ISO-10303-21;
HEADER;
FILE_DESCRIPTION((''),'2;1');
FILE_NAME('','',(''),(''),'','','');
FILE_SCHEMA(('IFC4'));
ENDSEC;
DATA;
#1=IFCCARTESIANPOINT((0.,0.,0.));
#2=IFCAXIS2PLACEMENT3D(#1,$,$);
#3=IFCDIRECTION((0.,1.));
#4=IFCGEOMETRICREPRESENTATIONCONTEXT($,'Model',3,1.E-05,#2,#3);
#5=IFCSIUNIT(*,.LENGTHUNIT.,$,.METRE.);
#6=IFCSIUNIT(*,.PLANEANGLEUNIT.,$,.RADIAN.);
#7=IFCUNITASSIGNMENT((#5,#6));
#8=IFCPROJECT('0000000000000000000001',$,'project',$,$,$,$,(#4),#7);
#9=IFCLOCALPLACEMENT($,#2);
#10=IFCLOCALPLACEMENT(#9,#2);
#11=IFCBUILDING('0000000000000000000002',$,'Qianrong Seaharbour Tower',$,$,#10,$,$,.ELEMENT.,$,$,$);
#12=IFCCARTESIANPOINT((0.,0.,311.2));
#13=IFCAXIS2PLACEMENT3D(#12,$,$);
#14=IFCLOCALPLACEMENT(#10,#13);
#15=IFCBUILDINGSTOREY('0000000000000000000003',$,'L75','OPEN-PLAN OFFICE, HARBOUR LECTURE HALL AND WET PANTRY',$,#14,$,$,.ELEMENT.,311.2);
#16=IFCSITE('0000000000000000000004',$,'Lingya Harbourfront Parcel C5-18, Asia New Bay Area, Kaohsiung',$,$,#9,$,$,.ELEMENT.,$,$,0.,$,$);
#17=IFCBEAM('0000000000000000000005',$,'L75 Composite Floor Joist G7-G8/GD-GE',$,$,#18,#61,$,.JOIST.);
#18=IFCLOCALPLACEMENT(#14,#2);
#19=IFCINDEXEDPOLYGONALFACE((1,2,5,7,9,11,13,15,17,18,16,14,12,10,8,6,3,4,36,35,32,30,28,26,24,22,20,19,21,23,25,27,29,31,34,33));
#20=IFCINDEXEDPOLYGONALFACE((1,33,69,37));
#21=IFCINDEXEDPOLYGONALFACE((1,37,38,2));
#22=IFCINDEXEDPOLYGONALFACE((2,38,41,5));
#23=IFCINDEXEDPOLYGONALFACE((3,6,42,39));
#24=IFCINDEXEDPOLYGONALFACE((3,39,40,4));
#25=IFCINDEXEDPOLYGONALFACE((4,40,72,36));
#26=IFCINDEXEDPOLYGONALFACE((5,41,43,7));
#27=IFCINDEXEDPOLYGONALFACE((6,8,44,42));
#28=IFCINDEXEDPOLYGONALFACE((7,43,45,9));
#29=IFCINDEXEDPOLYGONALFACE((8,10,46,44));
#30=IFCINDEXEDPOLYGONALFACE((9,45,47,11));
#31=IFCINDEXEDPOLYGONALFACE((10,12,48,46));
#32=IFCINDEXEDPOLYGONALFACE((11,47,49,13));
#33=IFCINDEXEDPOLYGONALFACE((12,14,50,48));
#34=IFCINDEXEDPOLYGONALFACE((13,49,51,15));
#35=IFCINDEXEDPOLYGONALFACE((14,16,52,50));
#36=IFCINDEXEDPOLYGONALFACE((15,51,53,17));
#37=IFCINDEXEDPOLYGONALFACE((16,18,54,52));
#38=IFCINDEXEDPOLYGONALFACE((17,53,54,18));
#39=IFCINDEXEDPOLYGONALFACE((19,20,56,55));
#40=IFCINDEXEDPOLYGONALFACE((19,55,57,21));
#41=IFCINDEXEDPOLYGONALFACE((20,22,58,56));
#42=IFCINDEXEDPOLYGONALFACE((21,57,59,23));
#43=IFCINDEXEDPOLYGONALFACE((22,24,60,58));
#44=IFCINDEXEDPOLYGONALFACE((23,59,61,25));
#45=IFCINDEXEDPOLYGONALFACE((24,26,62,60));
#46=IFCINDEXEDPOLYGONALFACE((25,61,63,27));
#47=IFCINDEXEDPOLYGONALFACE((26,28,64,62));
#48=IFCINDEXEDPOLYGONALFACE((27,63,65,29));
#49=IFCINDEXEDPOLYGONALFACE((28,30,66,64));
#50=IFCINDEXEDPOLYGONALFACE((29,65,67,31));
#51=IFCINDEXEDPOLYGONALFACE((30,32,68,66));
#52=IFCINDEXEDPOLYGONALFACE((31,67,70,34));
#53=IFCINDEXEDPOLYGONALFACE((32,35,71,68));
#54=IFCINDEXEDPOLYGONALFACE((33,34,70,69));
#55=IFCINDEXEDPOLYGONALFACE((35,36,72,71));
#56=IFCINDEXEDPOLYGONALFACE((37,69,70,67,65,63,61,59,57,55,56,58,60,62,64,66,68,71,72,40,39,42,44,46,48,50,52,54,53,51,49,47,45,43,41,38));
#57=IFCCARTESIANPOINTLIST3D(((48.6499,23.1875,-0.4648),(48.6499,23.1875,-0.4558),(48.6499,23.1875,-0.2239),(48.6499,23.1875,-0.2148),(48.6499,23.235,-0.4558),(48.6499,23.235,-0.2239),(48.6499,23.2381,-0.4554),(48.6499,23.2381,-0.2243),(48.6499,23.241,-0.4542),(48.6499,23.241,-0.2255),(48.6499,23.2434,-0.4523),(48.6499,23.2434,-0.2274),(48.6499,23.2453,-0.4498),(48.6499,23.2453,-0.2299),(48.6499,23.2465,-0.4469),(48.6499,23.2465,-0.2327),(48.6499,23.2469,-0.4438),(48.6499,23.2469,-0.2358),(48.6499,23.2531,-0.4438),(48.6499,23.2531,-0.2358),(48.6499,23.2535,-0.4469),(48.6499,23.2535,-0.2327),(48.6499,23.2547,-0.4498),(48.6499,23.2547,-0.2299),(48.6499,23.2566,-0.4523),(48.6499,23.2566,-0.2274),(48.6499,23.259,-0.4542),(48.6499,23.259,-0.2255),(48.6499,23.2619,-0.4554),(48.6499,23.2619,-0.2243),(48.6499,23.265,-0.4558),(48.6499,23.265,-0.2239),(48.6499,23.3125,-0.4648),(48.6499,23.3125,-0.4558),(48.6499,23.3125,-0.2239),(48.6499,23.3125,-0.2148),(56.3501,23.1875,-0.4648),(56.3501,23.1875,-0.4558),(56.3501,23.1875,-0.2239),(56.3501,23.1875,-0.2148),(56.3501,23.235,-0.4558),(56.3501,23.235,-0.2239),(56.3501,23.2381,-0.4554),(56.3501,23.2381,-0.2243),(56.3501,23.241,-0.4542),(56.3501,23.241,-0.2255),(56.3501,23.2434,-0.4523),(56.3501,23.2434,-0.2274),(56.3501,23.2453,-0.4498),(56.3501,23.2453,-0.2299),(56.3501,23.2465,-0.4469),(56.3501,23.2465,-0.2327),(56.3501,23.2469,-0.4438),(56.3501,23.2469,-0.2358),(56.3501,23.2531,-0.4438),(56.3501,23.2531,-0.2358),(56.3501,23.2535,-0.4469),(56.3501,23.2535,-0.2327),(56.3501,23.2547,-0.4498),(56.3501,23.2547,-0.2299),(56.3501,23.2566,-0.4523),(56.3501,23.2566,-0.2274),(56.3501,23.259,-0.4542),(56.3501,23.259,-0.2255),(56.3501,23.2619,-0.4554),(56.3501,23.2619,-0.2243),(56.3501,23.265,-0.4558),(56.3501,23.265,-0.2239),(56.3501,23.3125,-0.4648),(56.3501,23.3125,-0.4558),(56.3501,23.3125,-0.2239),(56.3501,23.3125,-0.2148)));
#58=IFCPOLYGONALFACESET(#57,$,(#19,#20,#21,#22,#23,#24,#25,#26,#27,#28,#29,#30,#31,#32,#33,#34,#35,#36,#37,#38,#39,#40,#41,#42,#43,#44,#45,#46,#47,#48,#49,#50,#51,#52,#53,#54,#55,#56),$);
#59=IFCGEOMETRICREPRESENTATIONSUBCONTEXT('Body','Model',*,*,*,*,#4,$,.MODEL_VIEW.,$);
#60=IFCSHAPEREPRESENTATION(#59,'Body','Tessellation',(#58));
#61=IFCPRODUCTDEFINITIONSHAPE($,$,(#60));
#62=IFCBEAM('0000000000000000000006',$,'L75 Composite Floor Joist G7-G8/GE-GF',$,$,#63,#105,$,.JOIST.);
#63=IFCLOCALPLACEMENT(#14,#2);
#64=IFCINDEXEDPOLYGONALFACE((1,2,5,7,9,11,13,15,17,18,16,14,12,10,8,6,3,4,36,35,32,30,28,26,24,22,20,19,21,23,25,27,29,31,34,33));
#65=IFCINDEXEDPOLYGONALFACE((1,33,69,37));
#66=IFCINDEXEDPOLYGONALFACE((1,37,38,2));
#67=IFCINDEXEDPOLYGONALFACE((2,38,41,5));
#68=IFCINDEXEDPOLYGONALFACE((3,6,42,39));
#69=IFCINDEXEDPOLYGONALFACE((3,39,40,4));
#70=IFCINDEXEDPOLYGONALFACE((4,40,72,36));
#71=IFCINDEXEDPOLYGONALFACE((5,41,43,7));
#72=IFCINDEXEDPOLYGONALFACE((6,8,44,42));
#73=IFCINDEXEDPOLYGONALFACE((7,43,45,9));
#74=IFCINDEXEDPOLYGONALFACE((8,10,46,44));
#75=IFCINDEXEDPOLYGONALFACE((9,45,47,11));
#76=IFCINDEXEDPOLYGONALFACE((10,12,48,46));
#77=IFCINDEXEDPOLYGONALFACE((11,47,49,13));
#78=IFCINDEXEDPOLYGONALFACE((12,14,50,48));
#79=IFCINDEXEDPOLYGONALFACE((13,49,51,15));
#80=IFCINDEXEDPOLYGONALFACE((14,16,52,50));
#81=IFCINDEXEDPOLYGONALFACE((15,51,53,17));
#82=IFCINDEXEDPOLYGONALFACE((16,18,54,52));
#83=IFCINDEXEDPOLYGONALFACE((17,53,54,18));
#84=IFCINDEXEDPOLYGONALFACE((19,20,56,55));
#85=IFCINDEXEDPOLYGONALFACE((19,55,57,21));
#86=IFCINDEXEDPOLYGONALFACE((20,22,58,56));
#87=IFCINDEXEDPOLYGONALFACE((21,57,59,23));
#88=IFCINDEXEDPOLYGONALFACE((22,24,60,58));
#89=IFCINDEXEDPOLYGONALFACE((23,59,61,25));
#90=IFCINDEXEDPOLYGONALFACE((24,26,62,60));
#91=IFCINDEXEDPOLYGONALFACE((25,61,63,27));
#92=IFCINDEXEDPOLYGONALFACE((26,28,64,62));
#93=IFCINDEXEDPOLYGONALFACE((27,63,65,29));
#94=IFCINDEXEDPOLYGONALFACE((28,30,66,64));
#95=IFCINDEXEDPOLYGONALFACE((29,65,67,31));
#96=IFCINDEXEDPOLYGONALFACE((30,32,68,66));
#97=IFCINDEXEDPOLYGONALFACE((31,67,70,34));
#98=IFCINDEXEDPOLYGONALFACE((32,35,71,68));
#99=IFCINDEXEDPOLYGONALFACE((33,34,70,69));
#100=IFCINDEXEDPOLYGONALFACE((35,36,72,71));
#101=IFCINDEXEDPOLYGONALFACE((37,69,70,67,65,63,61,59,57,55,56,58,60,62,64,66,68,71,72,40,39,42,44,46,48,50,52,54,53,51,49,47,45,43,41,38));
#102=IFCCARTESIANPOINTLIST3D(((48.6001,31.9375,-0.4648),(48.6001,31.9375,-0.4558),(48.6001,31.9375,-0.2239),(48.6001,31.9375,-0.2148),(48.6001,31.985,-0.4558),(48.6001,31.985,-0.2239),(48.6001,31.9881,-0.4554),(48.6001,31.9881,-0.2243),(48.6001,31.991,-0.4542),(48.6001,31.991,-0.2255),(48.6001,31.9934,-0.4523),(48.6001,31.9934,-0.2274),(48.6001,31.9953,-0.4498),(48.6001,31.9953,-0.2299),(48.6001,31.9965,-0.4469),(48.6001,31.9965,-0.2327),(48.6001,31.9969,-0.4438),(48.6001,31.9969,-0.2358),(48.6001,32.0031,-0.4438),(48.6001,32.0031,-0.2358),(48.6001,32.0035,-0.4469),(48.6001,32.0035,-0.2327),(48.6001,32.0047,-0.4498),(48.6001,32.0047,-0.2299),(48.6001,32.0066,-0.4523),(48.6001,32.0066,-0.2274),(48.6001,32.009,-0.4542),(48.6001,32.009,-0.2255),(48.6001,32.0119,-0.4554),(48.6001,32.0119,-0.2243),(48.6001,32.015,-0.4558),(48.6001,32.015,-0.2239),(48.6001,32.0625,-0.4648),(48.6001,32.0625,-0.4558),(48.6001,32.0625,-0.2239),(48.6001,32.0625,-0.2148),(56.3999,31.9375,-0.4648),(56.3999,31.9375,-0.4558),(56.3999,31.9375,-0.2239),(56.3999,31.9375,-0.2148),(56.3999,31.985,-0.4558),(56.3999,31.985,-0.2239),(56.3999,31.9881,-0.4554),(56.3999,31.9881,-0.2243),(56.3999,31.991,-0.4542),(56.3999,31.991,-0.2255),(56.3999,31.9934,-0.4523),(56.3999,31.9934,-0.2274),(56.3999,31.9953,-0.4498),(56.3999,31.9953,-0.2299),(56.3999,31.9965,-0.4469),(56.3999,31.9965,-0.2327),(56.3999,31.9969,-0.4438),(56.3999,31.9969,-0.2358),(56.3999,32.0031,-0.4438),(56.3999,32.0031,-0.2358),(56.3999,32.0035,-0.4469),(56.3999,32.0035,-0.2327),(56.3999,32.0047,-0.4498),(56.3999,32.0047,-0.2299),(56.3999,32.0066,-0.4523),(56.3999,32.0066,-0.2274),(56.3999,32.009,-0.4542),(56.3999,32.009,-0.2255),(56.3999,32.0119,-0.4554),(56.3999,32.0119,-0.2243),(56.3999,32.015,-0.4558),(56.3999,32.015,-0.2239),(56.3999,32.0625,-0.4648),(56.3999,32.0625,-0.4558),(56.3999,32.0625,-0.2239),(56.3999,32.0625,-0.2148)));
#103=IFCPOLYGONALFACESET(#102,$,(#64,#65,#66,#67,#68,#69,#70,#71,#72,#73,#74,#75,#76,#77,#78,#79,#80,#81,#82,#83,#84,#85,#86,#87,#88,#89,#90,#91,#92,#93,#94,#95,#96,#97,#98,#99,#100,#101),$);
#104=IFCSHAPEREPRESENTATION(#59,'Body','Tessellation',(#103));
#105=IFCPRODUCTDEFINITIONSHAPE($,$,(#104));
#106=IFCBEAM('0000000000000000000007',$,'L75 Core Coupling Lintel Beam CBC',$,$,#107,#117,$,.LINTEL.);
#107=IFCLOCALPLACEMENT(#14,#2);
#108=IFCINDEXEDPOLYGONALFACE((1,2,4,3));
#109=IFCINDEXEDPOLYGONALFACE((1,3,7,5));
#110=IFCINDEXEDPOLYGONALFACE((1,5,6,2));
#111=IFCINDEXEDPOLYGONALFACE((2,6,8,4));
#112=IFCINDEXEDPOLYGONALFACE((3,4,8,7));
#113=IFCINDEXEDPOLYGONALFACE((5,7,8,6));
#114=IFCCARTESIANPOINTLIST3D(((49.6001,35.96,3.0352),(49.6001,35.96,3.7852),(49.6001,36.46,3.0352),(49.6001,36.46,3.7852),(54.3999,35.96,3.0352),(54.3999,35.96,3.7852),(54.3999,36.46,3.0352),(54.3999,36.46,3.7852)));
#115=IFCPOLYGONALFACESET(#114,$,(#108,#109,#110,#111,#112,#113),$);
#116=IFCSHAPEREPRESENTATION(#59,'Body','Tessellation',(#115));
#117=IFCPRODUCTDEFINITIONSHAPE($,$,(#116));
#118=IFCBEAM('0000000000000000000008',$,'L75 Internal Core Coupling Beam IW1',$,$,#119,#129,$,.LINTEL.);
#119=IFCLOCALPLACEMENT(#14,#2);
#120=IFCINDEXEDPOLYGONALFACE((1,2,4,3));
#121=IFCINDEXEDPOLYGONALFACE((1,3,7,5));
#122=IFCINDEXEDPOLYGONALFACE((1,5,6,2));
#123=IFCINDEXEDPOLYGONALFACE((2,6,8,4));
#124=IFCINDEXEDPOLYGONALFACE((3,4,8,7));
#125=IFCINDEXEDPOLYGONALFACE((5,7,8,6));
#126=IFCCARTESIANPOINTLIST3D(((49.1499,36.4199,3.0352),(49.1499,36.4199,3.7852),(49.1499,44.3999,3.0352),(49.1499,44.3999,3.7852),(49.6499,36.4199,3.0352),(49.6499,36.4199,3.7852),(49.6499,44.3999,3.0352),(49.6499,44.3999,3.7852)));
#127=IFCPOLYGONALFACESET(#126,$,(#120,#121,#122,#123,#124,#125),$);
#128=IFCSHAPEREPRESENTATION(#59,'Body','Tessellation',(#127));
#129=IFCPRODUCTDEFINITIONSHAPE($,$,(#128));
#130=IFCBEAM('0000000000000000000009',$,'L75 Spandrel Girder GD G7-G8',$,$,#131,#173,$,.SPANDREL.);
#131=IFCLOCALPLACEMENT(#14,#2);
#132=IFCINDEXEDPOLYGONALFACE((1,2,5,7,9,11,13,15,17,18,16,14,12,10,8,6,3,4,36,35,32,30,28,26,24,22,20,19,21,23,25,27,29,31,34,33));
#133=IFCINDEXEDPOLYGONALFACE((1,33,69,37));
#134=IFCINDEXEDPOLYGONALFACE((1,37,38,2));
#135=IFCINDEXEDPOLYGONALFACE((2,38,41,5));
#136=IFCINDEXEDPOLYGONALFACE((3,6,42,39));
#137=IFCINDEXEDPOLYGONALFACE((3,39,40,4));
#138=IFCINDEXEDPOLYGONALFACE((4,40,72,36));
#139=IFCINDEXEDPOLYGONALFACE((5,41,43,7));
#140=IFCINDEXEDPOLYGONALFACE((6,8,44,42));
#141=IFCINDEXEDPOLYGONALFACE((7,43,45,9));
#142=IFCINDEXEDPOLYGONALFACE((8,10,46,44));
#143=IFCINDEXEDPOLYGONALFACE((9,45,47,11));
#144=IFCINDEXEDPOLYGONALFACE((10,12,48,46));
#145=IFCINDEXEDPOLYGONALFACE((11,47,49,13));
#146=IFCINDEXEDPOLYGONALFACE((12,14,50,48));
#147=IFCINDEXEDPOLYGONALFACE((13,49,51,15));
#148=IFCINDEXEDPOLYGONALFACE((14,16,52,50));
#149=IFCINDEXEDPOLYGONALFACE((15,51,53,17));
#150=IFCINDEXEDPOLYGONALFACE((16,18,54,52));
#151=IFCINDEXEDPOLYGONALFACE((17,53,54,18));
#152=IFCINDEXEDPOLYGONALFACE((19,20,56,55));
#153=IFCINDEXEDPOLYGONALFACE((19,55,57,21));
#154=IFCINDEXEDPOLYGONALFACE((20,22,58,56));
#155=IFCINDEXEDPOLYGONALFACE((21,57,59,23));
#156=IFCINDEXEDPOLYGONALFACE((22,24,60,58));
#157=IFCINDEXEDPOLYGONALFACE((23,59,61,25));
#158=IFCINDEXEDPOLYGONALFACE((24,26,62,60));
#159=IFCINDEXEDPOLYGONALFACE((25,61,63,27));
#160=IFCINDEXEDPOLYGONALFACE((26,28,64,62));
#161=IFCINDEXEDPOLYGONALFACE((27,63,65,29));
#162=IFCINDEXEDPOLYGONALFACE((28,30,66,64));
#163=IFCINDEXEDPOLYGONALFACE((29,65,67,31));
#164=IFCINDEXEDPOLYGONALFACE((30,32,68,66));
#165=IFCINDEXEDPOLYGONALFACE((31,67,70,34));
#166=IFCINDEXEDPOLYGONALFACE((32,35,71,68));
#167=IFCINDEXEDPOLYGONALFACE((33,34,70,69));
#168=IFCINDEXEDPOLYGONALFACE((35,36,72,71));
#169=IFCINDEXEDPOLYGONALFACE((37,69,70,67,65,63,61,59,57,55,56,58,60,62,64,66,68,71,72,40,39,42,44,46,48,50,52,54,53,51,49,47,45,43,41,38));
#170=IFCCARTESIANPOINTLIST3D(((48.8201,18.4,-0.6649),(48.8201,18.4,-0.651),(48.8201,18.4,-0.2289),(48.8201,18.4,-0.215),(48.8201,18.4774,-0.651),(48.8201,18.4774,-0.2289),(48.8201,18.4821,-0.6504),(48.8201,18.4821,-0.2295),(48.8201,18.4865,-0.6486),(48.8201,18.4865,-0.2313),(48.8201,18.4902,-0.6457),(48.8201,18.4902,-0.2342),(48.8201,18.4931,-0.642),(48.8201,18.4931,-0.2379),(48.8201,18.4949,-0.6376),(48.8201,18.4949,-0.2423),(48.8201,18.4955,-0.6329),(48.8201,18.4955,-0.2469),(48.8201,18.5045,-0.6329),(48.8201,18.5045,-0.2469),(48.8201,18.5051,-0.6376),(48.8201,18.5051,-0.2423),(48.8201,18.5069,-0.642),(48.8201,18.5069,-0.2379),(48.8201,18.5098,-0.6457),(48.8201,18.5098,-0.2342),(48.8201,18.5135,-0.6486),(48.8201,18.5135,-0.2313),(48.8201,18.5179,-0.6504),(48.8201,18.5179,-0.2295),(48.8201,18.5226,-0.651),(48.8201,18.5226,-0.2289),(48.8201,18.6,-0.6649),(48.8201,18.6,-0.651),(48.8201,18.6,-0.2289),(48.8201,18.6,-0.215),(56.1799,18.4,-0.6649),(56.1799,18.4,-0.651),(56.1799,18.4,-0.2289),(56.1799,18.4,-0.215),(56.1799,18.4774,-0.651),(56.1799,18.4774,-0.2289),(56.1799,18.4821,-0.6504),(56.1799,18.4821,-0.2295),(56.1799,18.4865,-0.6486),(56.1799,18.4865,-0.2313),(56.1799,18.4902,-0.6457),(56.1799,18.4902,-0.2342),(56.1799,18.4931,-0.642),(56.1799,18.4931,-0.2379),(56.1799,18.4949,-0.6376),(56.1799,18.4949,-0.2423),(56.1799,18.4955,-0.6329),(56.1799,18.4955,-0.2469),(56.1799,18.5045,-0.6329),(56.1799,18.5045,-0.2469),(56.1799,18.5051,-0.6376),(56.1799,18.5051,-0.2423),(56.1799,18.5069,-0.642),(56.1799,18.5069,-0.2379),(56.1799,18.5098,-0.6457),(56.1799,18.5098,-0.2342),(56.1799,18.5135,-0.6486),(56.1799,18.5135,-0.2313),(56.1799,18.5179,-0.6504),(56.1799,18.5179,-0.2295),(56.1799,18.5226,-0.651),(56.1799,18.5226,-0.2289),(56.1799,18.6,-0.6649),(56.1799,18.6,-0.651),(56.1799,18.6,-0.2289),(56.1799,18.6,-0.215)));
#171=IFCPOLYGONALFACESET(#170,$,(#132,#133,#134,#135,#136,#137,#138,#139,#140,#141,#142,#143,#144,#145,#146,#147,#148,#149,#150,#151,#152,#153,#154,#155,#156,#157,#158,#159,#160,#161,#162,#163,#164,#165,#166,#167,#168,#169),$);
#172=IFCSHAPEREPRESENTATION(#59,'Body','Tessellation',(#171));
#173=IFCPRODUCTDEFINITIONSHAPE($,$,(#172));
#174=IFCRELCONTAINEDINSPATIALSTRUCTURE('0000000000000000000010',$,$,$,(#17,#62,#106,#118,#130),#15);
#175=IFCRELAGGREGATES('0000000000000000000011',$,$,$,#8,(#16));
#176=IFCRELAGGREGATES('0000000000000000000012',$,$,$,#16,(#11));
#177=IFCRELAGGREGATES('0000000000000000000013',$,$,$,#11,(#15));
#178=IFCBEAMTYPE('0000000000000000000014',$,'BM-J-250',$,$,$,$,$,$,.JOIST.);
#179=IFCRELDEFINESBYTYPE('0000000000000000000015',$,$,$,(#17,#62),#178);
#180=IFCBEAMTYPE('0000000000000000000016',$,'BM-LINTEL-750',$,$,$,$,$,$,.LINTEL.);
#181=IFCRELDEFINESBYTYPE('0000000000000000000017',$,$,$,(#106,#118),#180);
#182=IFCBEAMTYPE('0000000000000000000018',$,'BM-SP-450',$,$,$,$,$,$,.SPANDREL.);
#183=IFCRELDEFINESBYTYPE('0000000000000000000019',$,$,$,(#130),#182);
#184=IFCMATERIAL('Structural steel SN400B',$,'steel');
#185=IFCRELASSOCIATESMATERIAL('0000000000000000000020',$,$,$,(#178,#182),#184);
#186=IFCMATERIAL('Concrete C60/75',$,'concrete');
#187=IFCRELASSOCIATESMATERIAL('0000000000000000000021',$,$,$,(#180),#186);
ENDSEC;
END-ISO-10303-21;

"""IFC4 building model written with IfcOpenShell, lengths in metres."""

from ifc_helpers import new_model, si_unit, direction, frame, origin, origin_2d, place, context, subcontext, project, spatial, rectangle, i_section, extrude, material, material_profile, profile_set, type_object, element, save


model = new_model("IFC4")

# Units and contexts
model_context = context("Model", 3, precision=1e-05, world=origin(), true_north=direction((0.0, 1.0)))
body_context = subcontext(model_context, "Body", "Model", "MODEL_VIEW")
ifc_project = project(units=[si_unit("LENGTHUNIT", "METRE"), si_unit("PLANEANGLEUNIT", "RADIAN")], contexts=[model_context])

# Site, building, storey
site_placement = place(None, origin())
site = spatial("IfcSite", under=ifc_project, at=site_placement, Name="Lingya Harbourfront Parcel C5-18, Asia New Bay Area, Kaohsiung", CompositionType="ELEMENT", RefElevation=0.0)
building_placement = place(site_placement, origin())
building = spatial("IfcBuilding", under=site, at=building_placement, Name="Qianrong Seaharbour Tower", CompositionType="ELEMENT")
storey_placement = place(building_placement, frame((0.0, 0.0, 311.2)))
storey = spatial("IfcBuildingStorey", under=building, at=storey_placement, Name="L75", Description="OPEN-PLAN OFFICE, HARBOUR LECTURE HALL AND WET PANTRY", CompositionType="ELEMENT", Elevation=311.2)

# Shared definitions
ifc_material_1 = material(Name="Structural steel SN400B", Category="steel")

# Beams
ifc_material_profile_1 = material_profile(ifc_material_1, i_section(OverallWidth=0.125, OverallDepth=0.25, WebThickness=0.0061, FlangeThickness=0.009, FilletRadius=0.012, at=origin_2d()), Name="H250x125x6x9")
ifc_profile_set_1 = profile_set([ifc_material_profile_1], Name="Structural steel SN400B")
beam_type_1 = type_object("IfcBeamType", Name="BM-J-250", PredefinedType="JOIST", material=ifc_profile_set_1)
beam_1_placement = place(storey_placement, frame((48.6499, 23.25, -0.3398), z_axis=(1.0, 0.0, 0.0), x_axis=(0.0, 1.0, 0.0)))
element("IfcBeam", 1, at=beam_1_placement, inside=storey, type_object=beam_type_1, Name="L75 Composite Floor Joist G7-G8/GD-GE", PredefinedType="JOIST", context=body_context, shape_type="SweptSolid", body=[
    extrude(i_section(OverallWidth=0.125, OverallDepth=0.25, WebThickness=0.0061, FlangeThickness=0.009, FilletRadius=0.012, at=origin_2d()), origin(), (0.0, 0.0, 1.0), 7.7002),
])
beam_2_placement = place(storey_placement, frame((48.6001, 32.0, -0.3398), z_axis=(1.0, 0.0, 0.0), x_axis=(0.0, 1.0, 0.0)))
element("IfcBeam", 2, at=beam_2_placement, inside=storey, type_object=beam_type_1, Name="L75 Composite Floor Joist G7-G8/GE-GF", PredefinedType="JOIST", context=body_context, shape_type="SweptSolid", body=[
    extrude(i_section(OverallWidth=0.125, OverallDepth=0.25, WebThickness=0.0061, FlangeThickness=0.009, FilletRadius=0.012, at=origin_2d()), origin(), (0.0, 0.0, 1.0), 7.7998),
])
ifc_material_2 = material(Name="Concrete C60/75", Category="concrete")
ifc_material_profile_2 = material_profile(ifc_material_2, rectangle(XDim=0.5, YDim=0.75, at=origin_2d()), Name="RC500x750")
ifc_profile_set_2 = profile_set([ifc_material_profile_2], Name="Concrete C60/75")
beam_type_2 = type_object("IfcBeamType", Name="BM-LINTEL-750", PredefinedType="LINTEL", material=ifc_profile_set_2)
beam_3_placement = place(storey_placement, frame((49.6001, 36.21, 3.4102), z_axis=(1.0, 0.0, 0.0), x_axis=(0.0, 1.0, 0.0)))
element("IfcBeam", 3, at=beam_3_placement, inside=storey, type_object=beam_type_2, Name="L75 Core Coupling Lintel Beam CBC", PredefinedType="LINTEL", context=body_context, shape_type="SweptSolid", body=[
    extrude(rectangle(XDim=0.5, YDim=0.75, at=origin_2d()), origin(), (0.0, 0.0, 1.0), 4.7998),
])
beam_4_placement = place(storey_placement, frame((49.3999, 36.4199, 3.4102), z_axis=(0.0, 1.0, 0.0), x_axis=(-1.0, 0.0, 0.0)))
element("IfcBeam", 4, at=beam_4_placement, inside=storey, type_object=beam_type_2, Name="L75 Internal Core Coupling Beam IW1", PredefinedType="LINTEL", context=body_context, shape_type="SweptSolid", body=[
    extrude(rectangle(XDim=0.5, YDim=0.75, at=origin_2d()), origin(), (0.0, 0.0, 1.0), 7.98),
])
ifc_material_profile_3 = material_profile(ifc_material_1, i_section(OverallWidth=0.2, OverallDepth=0.45, WebThickness=0.009, FlangeThickness=0.0139, FilletRadius=0.0181, at=origin_2d()), Name="H450x200x9x14")
ifc_profile_set_3 = profile_set([ifc_material_profile_3], Name="Structural steel SN400B")
beam_type_3 = type_object("IfcBeamType", Name="BM-SP-450", PredefinedType="SPANDREL", material=ifc_profile_set_3)
beam_5_placement = place(storey_placement, frame((48.8201, 18.5, -0.4399), z_axis=(1.0, 0.0, 0.0), x_axis=(0.0, 1.0, 0.0)))
element("IfcBeam", 5, at=beam_5_placement, inside=storey, type_object=beam_type_3, Name="L75 Spandrel Girder GD G7-G8", PredefinedType="SPANDREL", context=body_context, shape_type="SweptSolid", body=[
    extrude(i_section(OverallWidth=0.2, OverallDepth=0.45, WebThickness=0.009, FlangeThickness=0.0139, FilletRadius=0.0181, at=origin_2d()), origin(), (0.0, 0.0, 1.0), 7.3599),
])

save(model, "model.ifc")
